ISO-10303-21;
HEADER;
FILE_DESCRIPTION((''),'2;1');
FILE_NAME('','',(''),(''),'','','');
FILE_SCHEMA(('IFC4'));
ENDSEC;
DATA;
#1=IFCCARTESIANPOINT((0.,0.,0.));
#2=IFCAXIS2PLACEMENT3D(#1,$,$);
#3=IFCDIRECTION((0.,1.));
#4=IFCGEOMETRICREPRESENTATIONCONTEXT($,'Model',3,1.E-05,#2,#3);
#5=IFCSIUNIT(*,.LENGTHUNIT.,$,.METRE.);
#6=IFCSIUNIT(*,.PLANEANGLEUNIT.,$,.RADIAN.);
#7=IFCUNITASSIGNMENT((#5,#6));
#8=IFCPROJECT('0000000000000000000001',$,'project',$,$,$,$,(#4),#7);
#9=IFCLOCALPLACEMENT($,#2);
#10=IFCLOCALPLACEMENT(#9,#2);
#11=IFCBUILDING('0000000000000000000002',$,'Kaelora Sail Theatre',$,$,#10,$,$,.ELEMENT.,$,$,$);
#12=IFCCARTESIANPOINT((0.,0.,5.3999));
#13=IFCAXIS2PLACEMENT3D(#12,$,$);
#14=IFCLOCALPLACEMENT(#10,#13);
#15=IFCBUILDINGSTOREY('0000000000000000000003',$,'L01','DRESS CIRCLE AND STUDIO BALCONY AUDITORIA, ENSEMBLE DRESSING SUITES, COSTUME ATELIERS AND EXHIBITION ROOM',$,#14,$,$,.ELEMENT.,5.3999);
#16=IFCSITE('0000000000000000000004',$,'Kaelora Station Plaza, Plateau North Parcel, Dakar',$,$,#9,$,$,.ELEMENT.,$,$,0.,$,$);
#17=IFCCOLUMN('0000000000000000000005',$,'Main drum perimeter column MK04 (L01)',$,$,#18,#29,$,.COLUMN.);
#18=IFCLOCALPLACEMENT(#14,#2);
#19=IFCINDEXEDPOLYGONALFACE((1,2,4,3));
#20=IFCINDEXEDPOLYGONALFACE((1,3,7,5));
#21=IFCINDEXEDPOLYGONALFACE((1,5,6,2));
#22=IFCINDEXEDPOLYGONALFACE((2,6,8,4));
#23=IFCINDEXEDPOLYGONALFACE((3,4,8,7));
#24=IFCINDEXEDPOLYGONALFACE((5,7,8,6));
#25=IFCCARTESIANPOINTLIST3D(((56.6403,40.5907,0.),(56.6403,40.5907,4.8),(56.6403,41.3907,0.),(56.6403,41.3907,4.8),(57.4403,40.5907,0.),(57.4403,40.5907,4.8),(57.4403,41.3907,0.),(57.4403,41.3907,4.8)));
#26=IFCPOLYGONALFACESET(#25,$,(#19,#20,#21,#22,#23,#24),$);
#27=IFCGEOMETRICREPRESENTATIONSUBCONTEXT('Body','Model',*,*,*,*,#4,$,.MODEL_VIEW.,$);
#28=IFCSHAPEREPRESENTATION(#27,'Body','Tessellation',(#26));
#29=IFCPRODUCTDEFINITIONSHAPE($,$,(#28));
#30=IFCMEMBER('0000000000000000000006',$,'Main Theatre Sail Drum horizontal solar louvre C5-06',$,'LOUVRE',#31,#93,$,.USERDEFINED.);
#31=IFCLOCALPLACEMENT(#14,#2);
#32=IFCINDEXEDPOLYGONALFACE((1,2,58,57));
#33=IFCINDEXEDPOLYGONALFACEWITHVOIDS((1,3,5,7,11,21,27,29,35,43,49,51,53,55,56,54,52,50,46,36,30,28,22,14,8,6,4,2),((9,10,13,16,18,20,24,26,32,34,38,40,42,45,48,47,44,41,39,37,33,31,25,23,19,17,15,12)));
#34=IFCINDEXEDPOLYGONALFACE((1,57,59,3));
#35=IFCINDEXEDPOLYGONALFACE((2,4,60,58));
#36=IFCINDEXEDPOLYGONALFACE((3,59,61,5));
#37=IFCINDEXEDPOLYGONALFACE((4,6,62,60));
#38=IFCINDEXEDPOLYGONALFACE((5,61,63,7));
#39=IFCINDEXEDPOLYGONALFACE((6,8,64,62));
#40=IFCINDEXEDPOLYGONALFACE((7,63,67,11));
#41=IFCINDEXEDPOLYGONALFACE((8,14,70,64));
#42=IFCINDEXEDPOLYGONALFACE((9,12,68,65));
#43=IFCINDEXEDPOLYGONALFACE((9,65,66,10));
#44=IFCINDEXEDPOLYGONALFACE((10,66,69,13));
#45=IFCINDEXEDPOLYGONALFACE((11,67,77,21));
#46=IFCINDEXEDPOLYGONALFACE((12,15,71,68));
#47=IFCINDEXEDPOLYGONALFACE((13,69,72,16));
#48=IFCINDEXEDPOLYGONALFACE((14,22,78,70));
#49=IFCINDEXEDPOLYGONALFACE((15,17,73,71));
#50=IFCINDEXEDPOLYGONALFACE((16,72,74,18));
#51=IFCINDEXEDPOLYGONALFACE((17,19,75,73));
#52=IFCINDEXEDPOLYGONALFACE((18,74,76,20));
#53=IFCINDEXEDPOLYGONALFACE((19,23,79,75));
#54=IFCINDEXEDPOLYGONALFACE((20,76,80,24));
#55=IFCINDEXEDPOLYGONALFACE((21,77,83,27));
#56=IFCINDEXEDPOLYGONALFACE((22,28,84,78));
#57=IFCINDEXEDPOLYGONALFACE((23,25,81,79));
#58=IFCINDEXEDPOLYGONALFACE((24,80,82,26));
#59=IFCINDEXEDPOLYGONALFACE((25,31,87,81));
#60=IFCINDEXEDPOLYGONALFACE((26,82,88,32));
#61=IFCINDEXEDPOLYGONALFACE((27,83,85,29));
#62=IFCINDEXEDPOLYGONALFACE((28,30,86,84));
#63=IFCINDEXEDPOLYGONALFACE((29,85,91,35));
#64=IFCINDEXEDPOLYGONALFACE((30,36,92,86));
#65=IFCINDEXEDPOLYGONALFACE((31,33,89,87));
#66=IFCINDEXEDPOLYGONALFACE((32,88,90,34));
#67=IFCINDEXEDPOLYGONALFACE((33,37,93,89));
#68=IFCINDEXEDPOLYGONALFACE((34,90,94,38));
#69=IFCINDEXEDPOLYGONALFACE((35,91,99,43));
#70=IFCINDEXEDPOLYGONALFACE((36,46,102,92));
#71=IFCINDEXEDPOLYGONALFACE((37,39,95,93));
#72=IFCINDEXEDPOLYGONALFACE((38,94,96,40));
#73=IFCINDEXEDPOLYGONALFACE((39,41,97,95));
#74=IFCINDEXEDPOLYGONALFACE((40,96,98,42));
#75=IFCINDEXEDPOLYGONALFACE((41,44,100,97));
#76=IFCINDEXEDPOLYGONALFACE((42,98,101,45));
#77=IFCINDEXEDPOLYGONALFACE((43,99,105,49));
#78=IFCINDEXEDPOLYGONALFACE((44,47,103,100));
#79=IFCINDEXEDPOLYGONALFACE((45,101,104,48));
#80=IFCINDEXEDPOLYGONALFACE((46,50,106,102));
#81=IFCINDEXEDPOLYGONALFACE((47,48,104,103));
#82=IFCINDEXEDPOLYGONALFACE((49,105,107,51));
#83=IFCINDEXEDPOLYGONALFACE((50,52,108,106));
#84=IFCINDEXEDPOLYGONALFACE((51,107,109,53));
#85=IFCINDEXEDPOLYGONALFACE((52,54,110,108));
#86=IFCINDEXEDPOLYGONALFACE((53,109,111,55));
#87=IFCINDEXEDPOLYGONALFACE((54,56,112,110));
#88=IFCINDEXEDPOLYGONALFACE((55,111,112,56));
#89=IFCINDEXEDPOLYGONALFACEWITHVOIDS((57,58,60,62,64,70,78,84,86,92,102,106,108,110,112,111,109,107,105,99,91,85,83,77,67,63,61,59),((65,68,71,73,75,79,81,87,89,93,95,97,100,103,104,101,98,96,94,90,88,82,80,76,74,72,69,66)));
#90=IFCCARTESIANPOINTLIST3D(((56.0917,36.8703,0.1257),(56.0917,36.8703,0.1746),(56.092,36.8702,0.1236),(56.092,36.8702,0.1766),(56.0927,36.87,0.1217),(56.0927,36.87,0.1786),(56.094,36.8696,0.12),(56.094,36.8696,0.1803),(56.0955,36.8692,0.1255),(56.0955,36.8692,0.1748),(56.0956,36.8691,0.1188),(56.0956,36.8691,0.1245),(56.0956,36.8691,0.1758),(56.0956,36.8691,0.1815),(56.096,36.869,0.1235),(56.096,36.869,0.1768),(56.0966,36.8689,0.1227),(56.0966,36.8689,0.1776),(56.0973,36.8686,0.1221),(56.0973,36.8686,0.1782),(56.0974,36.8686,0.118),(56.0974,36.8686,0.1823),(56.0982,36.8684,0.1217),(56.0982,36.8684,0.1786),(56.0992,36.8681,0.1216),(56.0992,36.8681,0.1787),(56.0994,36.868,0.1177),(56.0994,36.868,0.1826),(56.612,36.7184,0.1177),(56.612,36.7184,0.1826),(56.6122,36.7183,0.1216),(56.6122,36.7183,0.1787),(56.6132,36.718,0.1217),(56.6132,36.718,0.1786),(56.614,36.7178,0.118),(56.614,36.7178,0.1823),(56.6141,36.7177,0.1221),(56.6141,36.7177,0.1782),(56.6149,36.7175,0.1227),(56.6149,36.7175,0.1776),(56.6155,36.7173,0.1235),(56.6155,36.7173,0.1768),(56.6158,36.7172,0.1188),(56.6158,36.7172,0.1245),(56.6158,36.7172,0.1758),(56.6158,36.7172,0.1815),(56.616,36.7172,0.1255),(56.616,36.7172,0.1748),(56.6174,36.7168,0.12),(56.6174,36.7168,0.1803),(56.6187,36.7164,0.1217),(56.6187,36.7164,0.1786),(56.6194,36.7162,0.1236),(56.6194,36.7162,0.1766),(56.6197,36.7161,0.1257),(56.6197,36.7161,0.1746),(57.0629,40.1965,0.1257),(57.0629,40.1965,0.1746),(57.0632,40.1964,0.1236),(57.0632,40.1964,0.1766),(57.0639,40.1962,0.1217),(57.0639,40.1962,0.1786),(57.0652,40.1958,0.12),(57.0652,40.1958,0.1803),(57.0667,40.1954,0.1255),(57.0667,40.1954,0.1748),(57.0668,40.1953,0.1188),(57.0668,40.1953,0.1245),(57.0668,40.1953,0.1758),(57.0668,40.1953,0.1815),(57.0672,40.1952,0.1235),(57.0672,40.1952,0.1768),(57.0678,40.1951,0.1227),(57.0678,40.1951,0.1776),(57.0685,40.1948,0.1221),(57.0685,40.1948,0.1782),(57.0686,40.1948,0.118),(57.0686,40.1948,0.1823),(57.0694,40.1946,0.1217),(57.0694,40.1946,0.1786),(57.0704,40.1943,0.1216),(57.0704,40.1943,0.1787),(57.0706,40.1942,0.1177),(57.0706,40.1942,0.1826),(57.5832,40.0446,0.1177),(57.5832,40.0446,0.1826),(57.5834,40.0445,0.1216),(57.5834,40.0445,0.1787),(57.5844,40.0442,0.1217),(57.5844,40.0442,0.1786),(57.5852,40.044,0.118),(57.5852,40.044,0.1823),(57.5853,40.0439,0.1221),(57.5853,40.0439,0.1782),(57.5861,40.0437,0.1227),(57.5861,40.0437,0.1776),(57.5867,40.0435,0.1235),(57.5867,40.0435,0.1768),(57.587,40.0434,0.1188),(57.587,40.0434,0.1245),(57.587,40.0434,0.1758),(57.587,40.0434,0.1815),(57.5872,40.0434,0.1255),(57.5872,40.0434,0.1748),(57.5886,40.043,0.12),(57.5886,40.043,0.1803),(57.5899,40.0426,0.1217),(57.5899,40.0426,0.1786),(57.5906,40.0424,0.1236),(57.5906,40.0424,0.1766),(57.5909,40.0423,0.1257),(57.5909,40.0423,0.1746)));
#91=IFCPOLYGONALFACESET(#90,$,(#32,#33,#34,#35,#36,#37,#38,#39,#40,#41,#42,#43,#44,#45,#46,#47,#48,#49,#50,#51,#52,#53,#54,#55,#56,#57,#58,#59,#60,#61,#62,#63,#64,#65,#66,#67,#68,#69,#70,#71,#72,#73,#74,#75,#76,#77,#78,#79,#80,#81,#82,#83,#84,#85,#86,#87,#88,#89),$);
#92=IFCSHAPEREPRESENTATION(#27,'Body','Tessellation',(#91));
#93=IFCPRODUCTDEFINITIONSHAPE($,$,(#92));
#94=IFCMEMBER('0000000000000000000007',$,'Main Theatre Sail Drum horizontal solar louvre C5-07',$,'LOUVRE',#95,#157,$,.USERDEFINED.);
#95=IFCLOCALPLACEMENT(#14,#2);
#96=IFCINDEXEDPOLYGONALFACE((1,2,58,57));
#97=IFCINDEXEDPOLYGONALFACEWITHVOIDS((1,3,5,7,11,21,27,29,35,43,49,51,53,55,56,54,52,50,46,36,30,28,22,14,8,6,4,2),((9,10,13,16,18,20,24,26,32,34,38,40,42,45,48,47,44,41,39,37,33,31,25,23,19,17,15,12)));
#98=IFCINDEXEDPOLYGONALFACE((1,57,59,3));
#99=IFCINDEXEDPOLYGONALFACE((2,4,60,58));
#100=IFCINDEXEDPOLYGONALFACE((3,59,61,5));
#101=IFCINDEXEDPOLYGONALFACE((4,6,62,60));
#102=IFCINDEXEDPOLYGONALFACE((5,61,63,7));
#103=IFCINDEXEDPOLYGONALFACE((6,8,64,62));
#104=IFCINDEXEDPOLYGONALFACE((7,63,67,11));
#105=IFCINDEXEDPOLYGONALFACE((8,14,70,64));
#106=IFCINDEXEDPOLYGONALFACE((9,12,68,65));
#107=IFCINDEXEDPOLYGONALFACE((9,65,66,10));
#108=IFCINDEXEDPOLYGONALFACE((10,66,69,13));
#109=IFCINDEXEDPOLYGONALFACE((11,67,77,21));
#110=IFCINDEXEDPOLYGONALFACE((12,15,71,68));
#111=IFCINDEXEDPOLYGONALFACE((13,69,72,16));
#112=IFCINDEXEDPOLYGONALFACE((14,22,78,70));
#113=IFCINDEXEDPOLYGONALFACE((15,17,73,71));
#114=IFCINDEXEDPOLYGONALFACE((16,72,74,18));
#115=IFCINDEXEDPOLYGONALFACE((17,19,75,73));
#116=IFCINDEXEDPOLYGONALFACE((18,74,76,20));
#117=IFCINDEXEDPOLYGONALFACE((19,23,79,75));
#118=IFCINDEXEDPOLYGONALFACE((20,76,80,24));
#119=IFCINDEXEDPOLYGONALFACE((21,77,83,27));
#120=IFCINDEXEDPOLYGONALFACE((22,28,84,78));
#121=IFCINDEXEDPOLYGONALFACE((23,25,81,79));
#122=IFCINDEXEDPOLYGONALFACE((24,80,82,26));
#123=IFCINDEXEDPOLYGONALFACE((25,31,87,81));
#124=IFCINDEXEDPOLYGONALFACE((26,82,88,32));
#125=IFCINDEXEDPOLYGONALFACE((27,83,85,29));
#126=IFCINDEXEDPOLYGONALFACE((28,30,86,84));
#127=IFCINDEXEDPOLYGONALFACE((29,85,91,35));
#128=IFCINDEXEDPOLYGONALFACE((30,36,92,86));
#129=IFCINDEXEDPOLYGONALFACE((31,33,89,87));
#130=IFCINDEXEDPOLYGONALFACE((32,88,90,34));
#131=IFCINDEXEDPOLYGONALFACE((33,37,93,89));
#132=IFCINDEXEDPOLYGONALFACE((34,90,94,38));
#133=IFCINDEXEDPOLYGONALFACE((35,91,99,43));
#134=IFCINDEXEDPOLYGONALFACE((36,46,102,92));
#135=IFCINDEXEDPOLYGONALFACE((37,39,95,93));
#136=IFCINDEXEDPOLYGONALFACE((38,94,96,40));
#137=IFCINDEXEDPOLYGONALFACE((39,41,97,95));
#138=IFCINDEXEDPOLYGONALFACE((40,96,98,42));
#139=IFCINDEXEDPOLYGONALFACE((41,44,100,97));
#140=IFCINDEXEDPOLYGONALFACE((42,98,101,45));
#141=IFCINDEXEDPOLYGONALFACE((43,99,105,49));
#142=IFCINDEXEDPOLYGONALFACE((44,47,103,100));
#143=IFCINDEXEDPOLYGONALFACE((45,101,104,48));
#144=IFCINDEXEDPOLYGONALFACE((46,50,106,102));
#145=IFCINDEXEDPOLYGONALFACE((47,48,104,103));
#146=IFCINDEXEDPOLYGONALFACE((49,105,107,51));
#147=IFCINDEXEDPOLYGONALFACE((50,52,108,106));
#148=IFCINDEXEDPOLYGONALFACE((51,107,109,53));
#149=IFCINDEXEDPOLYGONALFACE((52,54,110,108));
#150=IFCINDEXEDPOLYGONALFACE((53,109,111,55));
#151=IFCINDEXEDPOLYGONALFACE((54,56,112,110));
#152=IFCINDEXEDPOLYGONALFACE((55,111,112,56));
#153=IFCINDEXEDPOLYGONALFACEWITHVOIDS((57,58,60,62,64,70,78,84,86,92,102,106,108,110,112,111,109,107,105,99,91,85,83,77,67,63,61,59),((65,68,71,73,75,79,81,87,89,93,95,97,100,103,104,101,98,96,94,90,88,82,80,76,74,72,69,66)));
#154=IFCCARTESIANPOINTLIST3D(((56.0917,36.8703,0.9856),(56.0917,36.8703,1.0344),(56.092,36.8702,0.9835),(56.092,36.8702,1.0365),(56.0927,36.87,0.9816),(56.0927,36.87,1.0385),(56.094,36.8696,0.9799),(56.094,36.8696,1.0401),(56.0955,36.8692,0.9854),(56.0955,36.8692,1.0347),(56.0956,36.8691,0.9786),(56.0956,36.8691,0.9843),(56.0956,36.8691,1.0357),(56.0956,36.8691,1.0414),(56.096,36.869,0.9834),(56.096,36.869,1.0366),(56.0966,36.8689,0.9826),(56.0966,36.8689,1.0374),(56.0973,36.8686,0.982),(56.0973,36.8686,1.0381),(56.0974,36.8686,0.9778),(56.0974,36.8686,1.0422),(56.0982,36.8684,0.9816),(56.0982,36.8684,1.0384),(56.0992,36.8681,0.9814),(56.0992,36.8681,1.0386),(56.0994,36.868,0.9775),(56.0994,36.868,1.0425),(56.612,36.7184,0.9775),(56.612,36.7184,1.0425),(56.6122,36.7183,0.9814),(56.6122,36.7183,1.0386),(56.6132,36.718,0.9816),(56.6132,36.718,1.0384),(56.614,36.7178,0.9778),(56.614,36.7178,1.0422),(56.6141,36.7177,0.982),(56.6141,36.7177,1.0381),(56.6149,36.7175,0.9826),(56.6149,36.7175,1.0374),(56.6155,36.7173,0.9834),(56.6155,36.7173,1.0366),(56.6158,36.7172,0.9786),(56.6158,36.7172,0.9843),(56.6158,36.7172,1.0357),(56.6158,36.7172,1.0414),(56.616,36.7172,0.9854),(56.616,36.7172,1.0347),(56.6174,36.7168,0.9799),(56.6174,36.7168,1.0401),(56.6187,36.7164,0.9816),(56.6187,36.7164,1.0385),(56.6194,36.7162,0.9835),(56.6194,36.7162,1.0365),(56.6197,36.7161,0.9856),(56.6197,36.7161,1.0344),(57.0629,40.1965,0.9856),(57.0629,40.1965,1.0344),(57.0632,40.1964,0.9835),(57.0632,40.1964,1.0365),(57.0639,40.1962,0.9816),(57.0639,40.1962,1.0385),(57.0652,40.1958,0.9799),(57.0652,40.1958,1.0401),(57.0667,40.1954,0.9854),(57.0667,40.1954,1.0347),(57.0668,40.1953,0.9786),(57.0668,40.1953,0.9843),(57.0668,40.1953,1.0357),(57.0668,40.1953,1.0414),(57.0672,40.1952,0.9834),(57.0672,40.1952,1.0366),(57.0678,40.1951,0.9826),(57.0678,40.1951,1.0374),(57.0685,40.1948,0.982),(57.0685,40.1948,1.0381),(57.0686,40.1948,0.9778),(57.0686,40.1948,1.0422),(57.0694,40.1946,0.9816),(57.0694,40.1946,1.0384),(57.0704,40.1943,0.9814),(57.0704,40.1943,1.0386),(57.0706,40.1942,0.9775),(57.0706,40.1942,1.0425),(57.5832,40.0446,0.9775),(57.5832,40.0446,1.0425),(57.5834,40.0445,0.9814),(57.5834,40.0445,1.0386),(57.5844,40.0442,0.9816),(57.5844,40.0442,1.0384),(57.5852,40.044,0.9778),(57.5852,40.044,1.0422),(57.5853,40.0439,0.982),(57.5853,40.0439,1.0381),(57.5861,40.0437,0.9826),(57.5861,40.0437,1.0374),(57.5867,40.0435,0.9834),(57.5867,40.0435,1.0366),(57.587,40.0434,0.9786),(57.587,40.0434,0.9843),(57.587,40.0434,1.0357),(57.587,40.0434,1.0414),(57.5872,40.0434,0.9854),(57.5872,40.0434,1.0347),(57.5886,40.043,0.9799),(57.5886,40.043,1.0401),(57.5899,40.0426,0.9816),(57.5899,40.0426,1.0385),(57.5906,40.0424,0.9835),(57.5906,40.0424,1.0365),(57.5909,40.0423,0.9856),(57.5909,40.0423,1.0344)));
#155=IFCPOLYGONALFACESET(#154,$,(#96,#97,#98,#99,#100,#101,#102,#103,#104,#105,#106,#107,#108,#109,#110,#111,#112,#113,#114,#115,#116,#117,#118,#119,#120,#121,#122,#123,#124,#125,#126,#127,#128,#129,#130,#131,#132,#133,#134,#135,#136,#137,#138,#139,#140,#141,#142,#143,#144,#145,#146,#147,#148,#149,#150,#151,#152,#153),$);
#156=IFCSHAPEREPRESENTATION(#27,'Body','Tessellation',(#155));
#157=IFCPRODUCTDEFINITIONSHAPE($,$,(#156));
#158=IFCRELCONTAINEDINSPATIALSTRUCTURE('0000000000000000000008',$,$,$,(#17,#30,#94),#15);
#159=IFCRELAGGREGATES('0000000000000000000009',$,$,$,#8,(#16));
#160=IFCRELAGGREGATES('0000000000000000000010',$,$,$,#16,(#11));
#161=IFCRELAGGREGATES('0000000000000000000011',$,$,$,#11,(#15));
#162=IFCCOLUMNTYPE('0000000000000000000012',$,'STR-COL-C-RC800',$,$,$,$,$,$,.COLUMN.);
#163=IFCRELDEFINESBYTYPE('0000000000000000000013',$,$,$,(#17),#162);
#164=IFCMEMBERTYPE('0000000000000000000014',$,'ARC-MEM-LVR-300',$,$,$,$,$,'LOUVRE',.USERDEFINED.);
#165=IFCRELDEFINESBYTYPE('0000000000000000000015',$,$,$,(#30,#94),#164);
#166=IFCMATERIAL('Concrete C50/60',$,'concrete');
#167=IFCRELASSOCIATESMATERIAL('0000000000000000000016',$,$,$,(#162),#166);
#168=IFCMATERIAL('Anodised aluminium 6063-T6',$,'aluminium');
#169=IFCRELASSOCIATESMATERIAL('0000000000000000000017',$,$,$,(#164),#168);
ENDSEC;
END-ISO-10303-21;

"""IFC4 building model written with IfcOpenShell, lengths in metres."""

from ifc_helpers import new_model, si_unit, direction, frame, origin, origin_2d, place, context, subcontext, project, spatial, rectangle, hollow_rectangle, extrude, material, material_profile, profile_set, type_object, element, save


model = new_model("IFC4")

# Units and contexts
model_context = context("Model", 3, precision=1e-05, world=origin(), true_north=direction((0.0, 1.0)))
body_context = subcontext(model_context, "Body", "Model", "MODEL_VIEW")
ifc_project = project(units=[si_unit("LENGTHUNIT", "METRE"), si_unit("PLANEANGLEUNIT", "RADIAN")], contexts=[model_context])

# Site, building, storey
site_placement = place(None, origin())
site = spatial("IfcSite", under=ifc_project, at=site_placement, Name="Kaelora Station Plaza, Plateau North Parcel, Dakar", CompositionType="ELEMENT", RefElevation=0.0)
building_placement = place(site_placement, origin())
building = spatial("IfcBuilding", under=site, at=building_placement, Name="Kaelora Sail Theatre", CompositionType="ELEMENT")
storey_placement = place(building_placement, frame((0.0, 0.0, 5.3999)))
storey = spatial("IfcBuildingStorey", under=building, at=storey_placement, Name="L01", Description="DRESS CIRCLE AND STUDIO BALCONY AUDITORIA, ENSEMBLE DRESSING SUITES, COSTUME ATELIERS AND EXHIBITION ROOM", CompositionType="ELEMENT", Elevation=5.3999)

# Column
ifc_material_1 = material(Name="Concrete C50/60", Category="concrete")
ifc_material_profile_1 = material_profile(ifc_material_1, rectangle(XDim=0.8, YDim=0.8, at=origin_2d()), Name="RC-COL 800x800")
ifc_profile_set_1 = profile_set([ifc_material_profile_1], Name="Concrete C50/60")
column_type = type_object("IfcColumnType", Name="STR-COL-C-RC800", PredefinedType="COLUMN", material=ifc_profile_set_1)
column_placement = place(storey_placement, frame((57.0403, 40.9907, 0.0), z_axis=(0.0, 0.0, 1.0), x_axis=(1.0, 0.0, 0.0)))
element("IfcColumn", 1, at=column_placement, inside=storey, type_object=column_type, Name="Main drum perimeter column MK04 (L01)", PredefinedType="COLUMN", context=body_context, shape_type="SweptSolid", body=[
    extrude(rectangle(XDim=0.8, YDim=0.8, at=origin_2d()), origin(), (0.0, 0.0, 1.0), 4.8),
])

# Members
ifc_material_2 = material(Name="Anodised aluminium 6063-T6", Category="aluminium")
ifc_material_profile_2 = material_profile(ifc_material_2, hollow_rectangle(XDim=0.55, YDim=0.0649, WallThickness=0.0039, InnerFilletRadius=0.0039, OuterFilletRadius=0.0081, at=origin_2d()), Name="LOUVRE 550x65x4")
ifc_profile_set_2 = profile_set([ifc_material_profile_2], Name="Anodised aluminium 6063-T6")
member_type_1 = type_object("IfcMemberType", Name="ARC-MEM-LVR-300", ElementType="LOUVRE", PredefinedType="USERDEFINED", material=ifc_profile_set_2)
for number, where, z_axis, x_axis, name in (
    (2, (57.3269, 40.1194, 0.1501), (-0.280281, -0.959918, 0.0), (0.959918, -0.280281, 0.0), "Main Theatre Sail Drum horizontal solar louvre C5-06"),
    (3, (57.3269, 40.1194, 1.01), (-0.280281, -0.959918, 0.0), (0.959918, -0.280281, 0.0), "Main Theatre Sail Drum horizontal solar louvre C5-07"),
):
    element("IfcMember", number, at=place(storey_placement, frame(where, z_axis=z_axis, x_axis=x_axis)), inside=storey, type_object=member_type_1, Name=name, ObjectType="LOUVRE", PredefinedType="USERDEFINED", context=body_context, shape_type="SweptSolid", body=[
        extrude(hollow_rectangle(XDim=0.55, YDim=0.0649, WallThickness=0.0039, InnerFilletRadius=0.0039, OuterFilletRadius=0.0081, at=origin_2d()), origin(), (0.0, 0.0, 1.0), 3.4651),
    ])

save(model, "model.ifc")
